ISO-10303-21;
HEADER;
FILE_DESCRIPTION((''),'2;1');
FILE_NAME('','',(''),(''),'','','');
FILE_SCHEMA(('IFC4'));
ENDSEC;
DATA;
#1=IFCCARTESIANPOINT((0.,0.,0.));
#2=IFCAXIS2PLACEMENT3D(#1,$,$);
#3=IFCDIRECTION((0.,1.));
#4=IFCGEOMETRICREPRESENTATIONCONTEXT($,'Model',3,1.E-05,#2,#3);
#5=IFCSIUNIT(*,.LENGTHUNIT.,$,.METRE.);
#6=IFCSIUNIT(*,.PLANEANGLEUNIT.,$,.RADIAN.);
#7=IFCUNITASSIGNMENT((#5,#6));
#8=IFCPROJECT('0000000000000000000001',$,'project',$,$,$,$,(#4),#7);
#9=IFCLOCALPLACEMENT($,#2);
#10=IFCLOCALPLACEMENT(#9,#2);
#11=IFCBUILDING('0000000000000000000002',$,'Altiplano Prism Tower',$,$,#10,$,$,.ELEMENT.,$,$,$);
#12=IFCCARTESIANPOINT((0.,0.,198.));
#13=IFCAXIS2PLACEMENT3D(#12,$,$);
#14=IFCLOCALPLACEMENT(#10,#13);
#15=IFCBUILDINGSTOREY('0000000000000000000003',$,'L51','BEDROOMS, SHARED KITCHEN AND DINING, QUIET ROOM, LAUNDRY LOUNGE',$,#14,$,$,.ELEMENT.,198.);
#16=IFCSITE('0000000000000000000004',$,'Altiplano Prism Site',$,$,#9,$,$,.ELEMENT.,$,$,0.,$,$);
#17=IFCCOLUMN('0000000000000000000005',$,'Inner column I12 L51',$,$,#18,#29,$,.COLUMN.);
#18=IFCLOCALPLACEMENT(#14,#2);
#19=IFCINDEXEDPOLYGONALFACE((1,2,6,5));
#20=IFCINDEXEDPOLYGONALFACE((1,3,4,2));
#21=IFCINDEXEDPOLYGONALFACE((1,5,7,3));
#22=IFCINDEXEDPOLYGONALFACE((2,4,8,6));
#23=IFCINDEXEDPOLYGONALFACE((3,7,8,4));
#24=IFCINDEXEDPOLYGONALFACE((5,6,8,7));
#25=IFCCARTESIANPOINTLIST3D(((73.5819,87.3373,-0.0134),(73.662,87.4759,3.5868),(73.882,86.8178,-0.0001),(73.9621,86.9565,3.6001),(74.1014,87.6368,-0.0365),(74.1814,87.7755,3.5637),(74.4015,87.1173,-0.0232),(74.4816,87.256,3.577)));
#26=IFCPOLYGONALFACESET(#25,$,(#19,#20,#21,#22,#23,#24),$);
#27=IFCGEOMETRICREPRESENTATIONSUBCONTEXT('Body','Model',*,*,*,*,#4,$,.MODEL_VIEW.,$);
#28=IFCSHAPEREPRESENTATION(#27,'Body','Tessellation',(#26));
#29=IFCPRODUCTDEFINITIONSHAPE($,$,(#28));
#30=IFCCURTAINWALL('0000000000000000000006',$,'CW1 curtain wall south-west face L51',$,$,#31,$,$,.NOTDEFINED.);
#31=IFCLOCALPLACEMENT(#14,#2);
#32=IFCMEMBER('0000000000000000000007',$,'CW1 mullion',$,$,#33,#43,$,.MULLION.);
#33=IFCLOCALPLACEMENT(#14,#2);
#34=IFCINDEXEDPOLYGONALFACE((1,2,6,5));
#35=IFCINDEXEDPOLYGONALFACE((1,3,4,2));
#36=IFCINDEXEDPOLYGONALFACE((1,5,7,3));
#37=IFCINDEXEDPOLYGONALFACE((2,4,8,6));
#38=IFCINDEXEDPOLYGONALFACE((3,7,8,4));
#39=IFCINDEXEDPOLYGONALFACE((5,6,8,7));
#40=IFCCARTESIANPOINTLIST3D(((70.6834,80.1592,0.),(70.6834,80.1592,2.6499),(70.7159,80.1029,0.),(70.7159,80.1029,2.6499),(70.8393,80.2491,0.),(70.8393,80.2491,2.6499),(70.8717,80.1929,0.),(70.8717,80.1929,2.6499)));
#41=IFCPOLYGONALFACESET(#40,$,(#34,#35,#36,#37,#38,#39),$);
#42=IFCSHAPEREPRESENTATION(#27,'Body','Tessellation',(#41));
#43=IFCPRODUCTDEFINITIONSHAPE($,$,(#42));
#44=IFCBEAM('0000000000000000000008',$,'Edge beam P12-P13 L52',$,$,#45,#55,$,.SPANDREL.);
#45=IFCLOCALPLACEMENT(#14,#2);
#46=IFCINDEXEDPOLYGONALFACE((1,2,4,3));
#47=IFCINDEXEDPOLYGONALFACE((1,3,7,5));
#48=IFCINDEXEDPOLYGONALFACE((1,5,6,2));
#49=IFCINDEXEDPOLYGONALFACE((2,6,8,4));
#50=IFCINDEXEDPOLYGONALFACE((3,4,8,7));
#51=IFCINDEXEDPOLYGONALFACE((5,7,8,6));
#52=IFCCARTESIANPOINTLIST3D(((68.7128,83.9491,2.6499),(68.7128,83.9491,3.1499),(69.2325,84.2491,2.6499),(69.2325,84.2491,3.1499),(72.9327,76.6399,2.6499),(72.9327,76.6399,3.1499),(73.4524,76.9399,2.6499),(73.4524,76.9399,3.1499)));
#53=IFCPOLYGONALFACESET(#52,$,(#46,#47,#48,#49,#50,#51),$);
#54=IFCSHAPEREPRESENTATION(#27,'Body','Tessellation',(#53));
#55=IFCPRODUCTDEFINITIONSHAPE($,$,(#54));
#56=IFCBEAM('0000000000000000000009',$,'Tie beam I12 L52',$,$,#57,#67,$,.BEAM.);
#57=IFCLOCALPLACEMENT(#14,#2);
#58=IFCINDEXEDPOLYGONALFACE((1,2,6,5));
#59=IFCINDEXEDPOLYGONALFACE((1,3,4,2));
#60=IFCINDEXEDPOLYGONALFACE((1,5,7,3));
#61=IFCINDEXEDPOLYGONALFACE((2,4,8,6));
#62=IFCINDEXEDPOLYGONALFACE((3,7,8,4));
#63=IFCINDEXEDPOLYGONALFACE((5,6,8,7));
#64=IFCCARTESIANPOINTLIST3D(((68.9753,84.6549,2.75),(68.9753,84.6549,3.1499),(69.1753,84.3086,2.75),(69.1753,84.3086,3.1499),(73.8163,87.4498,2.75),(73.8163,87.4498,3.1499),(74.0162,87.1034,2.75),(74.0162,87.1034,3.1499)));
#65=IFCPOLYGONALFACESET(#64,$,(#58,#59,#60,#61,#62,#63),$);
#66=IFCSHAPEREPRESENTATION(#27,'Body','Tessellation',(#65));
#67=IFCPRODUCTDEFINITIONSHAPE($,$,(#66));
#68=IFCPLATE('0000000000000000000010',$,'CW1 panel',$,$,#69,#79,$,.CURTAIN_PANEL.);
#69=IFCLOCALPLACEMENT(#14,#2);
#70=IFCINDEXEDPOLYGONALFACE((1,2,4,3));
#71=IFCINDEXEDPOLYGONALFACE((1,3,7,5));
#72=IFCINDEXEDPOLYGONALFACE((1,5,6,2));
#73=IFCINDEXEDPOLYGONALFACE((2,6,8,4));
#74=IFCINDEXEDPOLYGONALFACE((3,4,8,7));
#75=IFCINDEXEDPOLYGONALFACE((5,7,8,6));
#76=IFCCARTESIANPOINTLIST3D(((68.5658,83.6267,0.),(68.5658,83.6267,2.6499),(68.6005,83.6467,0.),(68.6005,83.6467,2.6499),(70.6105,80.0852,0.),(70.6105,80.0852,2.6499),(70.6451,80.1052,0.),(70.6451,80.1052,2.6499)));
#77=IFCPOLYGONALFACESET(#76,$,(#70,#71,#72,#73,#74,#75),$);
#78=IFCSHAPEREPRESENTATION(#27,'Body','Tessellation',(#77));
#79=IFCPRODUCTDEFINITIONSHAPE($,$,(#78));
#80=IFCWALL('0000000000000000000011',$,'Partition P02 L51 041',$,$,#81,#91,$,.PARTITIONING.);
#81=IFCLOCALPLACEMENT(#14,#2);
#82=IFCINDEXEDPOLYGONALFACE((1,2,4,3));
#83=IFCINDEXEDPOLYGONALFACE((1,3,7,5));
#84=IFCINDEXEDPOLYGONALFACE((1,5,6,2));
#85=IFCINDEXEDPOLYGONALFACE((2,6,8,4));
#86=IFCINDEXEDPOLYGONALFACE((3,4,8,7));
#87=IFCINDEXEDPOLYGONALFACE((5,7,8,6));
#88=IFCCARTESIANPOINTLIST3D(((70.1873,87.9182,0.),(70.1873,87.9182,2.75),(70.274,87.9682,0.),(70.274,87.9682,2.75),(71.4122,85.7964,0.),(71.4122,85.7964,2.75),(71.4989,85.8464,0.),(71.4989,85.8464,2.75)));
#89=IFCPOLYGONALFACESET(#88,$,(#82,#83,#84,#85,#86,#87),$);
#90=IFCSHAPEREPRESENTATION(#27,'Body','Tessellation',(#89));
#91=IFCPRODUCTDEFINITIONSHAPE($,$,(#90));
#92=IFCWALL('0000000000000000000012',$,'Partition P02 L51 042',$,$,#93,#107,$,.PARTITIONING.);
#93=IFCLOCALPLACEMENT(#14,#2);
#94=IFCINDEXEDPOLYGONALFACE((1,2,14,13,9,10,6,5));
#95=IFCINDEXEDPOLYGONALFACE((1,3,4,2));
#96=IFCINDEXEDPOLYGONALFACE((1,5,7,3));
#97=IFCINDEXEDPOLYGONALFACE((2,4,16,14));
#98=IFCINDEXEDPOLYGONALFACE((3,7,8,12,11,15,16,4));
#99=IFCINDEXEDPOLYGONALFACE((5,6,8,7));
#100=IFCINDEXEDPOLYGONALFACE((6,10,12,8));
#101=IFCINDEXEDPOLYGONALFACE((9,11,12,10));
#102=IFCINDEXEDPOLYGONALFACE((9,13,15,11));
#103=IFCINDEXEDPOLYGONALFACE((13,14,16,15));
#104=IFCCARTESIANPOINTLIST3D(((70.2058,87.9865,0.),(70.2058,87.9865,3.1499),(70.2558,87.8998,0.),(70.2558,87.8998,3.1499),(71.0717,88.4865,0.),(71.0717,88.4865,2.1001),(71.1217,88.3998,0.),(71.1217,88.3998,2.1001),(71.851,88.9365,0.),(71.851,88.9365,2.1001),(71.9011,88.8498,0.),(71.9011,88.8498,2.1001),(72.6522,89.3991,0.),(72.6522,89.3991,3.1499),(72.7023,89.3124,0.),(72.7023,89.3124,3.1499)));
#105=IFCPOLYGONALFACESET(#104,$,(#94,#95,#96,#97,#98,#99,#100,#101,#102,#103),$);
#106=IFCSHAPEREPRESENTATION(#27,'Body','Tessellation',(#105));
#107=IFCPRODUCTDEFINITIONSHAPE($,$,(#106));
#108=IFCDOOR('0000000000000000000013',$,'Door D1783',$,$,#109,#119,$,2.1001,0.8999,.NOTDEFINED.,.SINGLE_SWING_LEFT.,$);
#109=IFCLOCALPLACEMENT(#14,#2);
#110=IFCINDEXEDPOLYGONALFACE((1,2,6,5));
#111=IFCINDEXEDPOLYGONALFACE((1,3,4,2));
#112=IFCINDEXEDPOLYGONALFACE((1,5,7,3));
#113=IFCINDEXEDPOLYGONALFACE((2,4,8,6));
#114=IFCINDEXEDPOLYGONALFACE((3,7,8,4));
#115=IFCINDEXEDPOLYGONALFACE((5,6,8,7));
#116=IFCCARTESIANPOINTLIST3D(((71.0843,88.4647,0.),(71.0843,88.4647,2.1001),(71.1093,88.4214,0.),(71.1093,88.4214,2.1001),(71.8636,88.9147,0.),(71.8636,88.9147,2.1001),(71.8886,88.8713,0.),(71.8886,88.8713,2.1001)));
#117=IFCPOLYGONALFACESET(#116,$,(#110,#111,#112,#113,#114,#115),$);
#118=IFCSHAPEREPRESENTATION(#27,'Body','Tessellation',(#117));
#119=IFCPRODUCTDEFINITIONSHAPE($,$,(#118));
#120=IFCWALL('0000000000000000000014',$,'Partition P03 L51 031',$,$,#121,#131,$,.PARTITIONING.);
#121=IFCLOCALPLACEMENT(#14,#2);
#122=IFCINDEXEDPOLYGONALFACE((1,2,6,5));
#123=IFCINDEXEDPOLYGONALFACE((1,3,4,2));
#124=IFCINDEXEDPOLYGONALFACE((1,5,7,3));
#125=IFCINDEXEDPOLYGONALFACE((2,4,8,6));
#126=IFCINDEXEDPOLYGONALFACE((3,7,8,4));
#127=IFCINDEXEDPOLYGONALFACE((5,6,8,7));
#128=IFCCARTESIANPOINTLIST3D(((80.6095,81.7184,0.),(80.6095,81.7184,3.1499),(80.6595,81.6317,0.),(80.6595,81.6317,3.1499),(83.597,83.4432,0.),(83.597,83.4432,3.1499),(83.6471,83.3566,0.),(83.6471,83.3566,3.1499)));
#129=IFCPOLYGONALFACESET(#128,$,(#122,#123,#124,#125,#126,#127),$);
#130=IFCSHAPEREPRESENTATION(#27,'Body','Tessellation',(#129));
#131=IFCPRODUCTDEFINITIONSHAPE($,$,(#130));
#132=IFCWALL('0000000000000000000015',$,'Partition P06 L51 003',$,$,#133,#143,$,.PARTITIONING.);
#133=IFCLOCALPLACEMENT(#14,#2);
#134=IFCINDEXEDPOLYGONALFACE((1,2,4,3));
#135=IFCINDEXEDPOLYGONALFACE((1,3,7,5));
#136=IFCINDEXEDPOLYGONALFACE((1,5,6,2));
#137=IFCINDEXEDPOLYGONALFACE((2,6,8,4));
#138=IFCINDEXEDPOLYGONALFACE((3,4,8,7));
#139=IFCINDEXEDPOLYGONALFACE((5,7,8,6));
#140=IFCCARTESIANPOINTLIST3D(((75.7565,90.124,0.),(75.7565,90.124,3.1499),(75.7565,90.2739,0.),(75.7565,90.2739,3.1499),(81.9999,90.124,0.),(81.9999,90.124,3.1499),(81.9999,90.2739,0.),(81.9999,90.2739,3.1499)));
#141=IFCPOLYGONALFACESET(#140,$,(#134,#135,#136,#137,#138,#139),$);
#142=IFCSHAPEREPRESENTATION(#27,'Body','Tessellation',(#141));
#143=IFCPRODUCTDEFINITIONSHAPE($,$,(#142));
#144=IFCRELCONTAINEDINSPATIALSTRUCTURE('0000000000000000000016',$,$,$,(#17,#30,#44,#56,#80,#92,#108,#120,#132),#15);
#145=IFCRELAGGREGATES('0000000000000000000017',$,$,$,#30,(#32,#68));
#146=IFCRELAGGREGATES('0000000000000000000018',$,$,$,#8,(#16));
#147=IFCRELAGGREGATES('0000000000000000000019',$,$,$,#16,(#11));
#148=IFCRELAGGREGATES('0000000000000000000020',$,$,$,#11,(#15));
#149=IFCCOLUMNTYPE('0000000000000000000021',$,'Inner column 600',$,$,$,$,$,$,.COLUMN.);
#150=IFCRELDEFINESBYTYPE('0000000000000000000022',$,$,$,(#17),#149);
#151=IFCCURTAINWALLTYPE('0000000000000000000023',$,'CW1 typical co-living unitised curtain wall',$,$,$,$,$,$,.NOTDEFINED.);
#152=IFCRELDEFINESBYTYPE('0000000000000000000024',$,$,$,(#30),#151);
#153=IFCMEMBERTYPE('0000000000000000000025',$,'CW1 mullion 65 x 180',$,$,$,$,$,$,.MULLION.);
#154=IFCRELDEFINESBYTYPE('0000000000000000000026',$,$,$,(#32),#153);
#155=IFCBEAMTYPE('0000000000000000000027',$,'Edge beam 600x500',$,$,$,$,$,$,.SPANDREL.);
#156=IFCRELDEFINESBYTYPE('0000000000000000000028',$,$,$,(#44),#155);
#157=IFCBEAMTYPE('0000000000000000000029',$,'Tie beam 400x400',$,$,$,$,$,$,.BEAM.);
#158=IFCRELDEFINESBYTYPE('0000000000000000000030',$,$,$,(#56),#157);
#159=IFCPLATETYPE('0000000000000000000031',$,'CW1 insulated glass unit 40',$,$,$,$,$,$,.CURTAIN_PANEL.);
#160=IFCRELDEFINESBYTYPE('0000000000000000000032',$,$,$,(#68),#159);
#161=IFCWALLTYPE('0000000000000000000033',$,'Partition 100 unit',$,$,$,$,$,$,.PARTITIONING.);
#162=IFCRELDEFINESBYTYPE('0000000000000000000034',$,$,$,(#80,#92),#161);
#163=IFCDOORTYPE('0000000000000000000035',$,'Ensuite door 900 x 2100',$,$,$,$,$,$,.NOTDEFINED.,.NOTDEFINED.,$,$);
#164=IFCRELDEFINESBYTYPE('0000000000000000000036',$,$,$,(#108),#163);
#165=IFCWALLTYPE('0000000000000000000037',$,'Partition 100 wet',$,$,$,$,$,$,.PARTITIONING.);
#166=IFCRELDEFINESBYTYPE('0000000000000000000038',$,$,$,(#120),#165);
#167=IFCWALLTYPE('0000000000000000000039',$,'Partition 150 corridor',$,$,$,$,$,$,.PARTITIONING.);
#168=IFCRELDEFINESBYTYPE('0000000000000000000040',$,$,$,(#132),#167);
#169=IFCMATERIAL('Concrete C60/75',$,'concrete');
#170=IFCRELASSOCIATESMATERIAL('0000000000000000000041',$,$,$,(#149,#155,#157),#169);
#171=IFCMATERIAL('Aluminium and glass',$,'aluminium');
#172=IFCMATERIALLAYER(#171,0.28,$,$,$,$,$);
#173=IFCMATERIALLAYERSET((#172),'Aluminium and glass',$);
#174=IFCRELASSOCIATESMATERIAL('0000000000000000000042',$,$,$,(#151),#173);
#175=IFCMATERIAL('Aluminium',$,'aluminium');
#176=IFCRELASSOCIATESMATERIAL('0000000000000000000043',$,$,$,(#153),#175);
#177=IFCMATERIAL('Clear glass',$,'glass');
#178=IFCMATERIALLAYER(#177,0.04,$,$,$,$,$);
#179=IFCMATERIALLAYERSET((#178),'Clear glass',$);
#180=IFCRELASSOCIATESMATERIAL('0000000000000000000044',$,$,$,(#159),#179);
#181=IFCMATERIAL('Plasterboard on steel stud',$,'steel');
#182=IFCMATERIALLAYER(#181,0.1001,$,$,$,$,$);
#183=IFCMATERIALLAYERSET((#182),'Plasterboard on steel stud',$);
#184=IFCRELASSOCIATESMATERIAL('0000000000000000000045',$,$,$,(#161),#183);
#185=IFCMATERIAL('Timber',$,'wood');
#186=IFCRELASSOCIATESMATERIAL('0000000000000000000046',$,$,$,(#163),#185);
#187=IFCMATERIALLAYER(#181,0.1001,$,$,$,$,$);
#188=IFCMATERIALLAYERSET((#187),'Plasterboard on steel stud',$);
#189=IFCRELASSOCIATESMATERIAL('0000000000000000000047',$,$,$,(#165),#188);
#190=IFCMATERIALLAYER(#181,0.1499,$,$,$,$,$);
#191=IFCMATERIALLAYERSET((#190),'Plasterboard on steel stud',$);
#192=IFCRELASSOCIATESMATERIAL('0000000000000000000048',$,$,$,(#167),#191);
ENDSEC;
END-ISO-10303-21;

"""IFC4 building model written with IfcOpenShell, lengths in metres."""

from ifc_helpers import new_model, si_unit, direction, frame, frame_2d, origin, origin_2d, place, context, subcontext, project, spatial, rectangle, extrude, material, layer, layer_set, material_profile, profile_set, type_object, element, fill, aggregate, save


model = new_model("IFC4")

# Units and contexts
model_context = context("Model", 3, precision=1e-05, world=origin(), true_north=direction((0.0, 1.0)))
body_context = subcontext(model_context, "Body", "Model", "MODEL_VIEW")
ifc_project = project(units=[si_unit("LENGTHUNIT", "METRE"), si_unit("PLANEANGLEUNIT", "RADIAN")], contexts=[model_context])

# Site, building, storey
site_placement = place(None, origin())
site = spatial("IfcSite", under=ifc_project, at=site_placement, Name="Altiplano Prism Site", CompositionType="ELEMENT", RefElevation=0.0)
building_placement = place(site_placement, origin())
building = spatial("IfcBuilding", under=site, at=building_placement, Name="Altiplano Prism Tower", CompositionType="ELEMENT")
storey_placement = place(building_placement, frame((0.0, 0.0, 198.0)))
storey = spatial("IfcBuildingStorey", under=building, at=storey_placement, Name="L51", Description="BEDROOMS, SHARED KITCHEN AND DINING, QUIET ROOM, LAUNDRY LOUNGE", CompositionType="ELEMENT", Elevation=198.0)

# Column
ifc_material_1 = material(Name="Concrete C60/75", Category="concrete")
ifc_material_profile_1 = material_profile(ifc_material_1, rectangle(XDim=0.6001, YDim=0.6001, at=origin_2d()), Name="Inner column 600")
ifc_profile_set_1 = profile_set([ifc_material_profile_1], Name="Concrete C60/75")
column_type = type_object("IfcColumnType", Name="Inner column 600", PredefinedType="COLUMN", material=ifc_profile_set_1)
column_placement = place(storey_placement, frame((73.9917, 87.2273, -0.0183), z_axis=(0.022221, 0.038481, 0.999012), x_axis=(-0.865642, -0.499182, 0.038483)))
element("IfcColumn", 1, at=column_placement, inside=storey, type_object=column_type, Name="Inner column I12 L51", PredefinedType="COLUMN", context=body_context, shape_type="SweptSolid", body=[
    extrude(rectangle(XDim=0.6001, YDim=0.6001, at=origin_2d()), origin(), (0.0, 0.0, 1.0), 3.6038),
])

# Curtain wall, member
ifc_material_2 = material(Name="Aluminium and glass", Category="aluminium")
ifc_layer_1 = layer(ifc_material_2, 0.28)
ifc_layer_set_1 = layer_set([ifc_layer_1], Name="Aluminium and glass")
curtain_wall_type = type_object("IfcCurtainWallType", Name="CW1 typical co-living unitised curtain wall", PredefinedType="NOTDEFINED", material=ifc_layer_set_1)
curtain_wall_placement = place(storey_placement, origin())
curtain_wall = element("IfcCurtainWall", 2, at=curtain_wall_placement, inside=storey, type_object=curtain_wall_type, Name="CW1 curtain wall south-west face L51", PredefinedType="NOTDEFINED")
ifc_material_3 = material(Name="Aluminium", Category="aluminium")
ifc_material_profile_2 = material_profile(ifc_material_3, rectangle(XDim=0.1799, YDim=0.0649, at=origin_2d()), Name="CW1 mullion 65 x 180")
ifc_profile_set_2 = profile_set([ifc_material_profile_2], Name="Aluminium")
member_type = type_object("IfcMemberType", Name="CW1 mullion 65 x 180", PredefinedType="MULLION", material=ifc_profile_set_2)
member_placement = place(storey_placement, frame((70.7776, 80.176, 0.0), z_axis=(0.0, 0.0, 1.0), x_axis=(0.866025, 0.5, 0.0)))
member = element("IfcMember", 3, at=member_placement, type_object=member_type, Name="CW1 mullion", PredefinedType="MULLION", context=body_context, shape_type="SweptSolid", body=[
    extrude(rectangle(XDim=0.1799, YDim=0.0649, at=origin_2d()), origin(), (0.0, 0.0, 1.0), 2.6499),
])

# Beams
ifc_material_profile_3 = material_profile(ifc_material_1, rectangle(XDim=0.6001, YDim=0.5, at=origin_2d()), Name="Edge beam 600x500")
ifc_profile_set_3 = profile_set([ifc_material_profile_3], Name="Concrete C60/75")
beam_type_1 = type_object("IfcBeamType", Name="Edge beam 600x500", PredefinedType="SPANDREL", material=ifc_profile_set_3)
beam_1_placement = place(storey_placement, frame((68.9727, 84.0991, 2.8999), z_axis=(0.499994, -0.866029, 0.0), x_axis=(0.866029, 0.499994, 0.0)))
element("IfcBeam", 4, at=beam_1_placement, inside=storey, type_object=beam_type_1, Name="Edge beam P12-P13 L52", PredefinedType="SPANDREL", context=body_context, shape_type="SweptSolid", body=[
    extrude(rectangle(XDim=0.6001, YDim=0.5, at=origin_2d()), origin(), (0.0, 0.0, 1.0), 8.4399),
])
ifc_material_profile_4 = material_profile(ifc_material_1, rectangle(XDim=0.3999, YDim=0.3999, at=origin_2d()), Name="Tie beam 400x400")
ifc_profile_set_4 = profile_set([ifc_material_profile_4], Name="Concrete C60/75")
beam_type_2 = type_object("IfcBeamType", Name="Tie beam 400x400", PredefinedType="BEAM", material=ifc_profile_set_4)
beam_2_placement = place(storey_placement, frame((73.9163, 87.2766, 2.95), z_axis=(-0.866031, -0.499991, 0.0), x_axis=(0.499991, -0.866031, 0.0)))
element("IfcBeam", 5, at=beam_2_placement, inside=storey, type_object=beam_type_2, Name="Tie beam I12 L52", PredefinedType="BEAM", context=body_context, shape_type="SweptSolid", body=[
    extrude(rectangle(XDim=0.3999, YDim=0.3999, at=origin_2d()), origin(), (0.0, 0.0, 1.0), 5.5898),
])

# Plate
ifc_material_4 = material(Name="Clear glass", Category="glass")
ifc_layer_2 = layer(ifc_material_4, 0.04)
ifc_layer_set_2 = layer_set([ifc_layer_2], Name="Clear glass")
plate_type = type_object("IfcPlateType", Name="CW1 insulated glass unit 40", PredefinedType="CURTAIN_PANEL", material=ifc_layer_set_2)
plate_placement = place(storey_placement, frame((69.6055, 81.866, 0.0), z_axis=(0.0, 0.0, 1.0), x_axis=(0.5, -0.866025, 0.0)))
plate = element("IfcPlate", 6, at=plate_placement, type_object=plate_type, Name="CW1 panel", PredefinedType="CURTAIN_PANEL", context=body_context, shape_type="SweptSolid", body=[
    extrude(rectangle(XDim=4.0894, YDim=0.04, at=origin_2d()), origin(), (0.0, 0.0, 1.0), 2.6499),
])
aggregate(curtain_wall, [member, plate])

# Wall
ifc_material_5 = material(Name="Plasterboard on steel stud", Category="steel")
ifc_layer_3 = layer(ifc_material_5, 0.1001)
ifc_layer_set_3 = layer_set([ifc_layer_3], Name="Plasterboard on steel stud")
wall_type_1 = type_object("IfcWallType", Name="Partition 100 unit", PredefinedType="PARTITIONING", material=ifc_layer_set_3)
wall_1_placement = place(storey_placement, frame((71.4556, 85.8213, 0.0), z_axis=(0.0, 0.0, 1.0), x_axis=(-0.499944, 0.866058, 0.0)))
element("IfcWall", 7, at=wall_1_placement, inside=storey, type_object=wall_type_1, Name="Partition P02 L51 041", PredefinedType="PARTITIONING", context=body_context, shape_type="SweptSolid", body=[
    extrude(rectangle(XDim=2.45, YDim=0.1001, at=frame_2d((1.2251, 0.0))), origin(), (0.0, 0.0, 1.0), 2.75),
])

# Wall, opening, door
wall_2_placement = place(storey_placement, frame((70.2307, 87.9431, 0.0), z_axis=(0.0, 0.0, 1.0), x_axis=(0.866011, 0.500024, 0.0)))
wall_2 = element("IfcWall", 8, at=wall_2_placement, inside=storey, type_object=wall_type_1, Name="Partition P02 L51 042", PredefinedType="PARTITIONING", context=body_context, shape_type="SweptSolid", body=[
    extrude(rectangle(XDim=2.825, YDim=0.1001, at=frame_2d((1.4126, 0.0))), origin(), (0.0, 0.0, 1.0), 3.1499),
])
opening_placement = place(wall_2_placement, frame((1.0, 0.0, 0.0)))
opening = element("IfcOpeningElement", 9, at=opening_placement, cuts=wall_2, PredefinedType="OPENING", context=body_context, shape_type="SweptSolid", body=[
    extrude(rectangle(XDim=0.8999, YDim=2.1001, at=frame_2d((0.45, 1.05))), frame((0.0, 0.0605, 0.0), z_axis=(0.0, -1.0, 0.0), x_axis=(1.0, 0.0, 0.0)), (0.0, 0.0, 1.0), 0.1211),
])
ifc_material_6 = material(Name="Timber", Category="wood")
door_type = type_object("IfcDoorType", Name="Ensuite door 900 x 2100", OperationType="NOTDEFINED", PredefinedType="NOTDEFINED", material=ifc_material_6)
door_placement = place(opening_placement, origin())
door = element("IfcDoor", 10, at=door_placement, inside=storey, type_object=door_type, Name="Door D1783", OperationType="SINGLE_SWING_LEFT", OverallHeight=2.1001, OverallWidth=0.8999, PredefinedType="NOTDEFINED", context=body_context, shape_type="SweptSolid", body=[
    extrude(rectangle(XDim=0.8999, YDim=2.1001, at=frame_2d((0.45, 1.05))), frame((0.0, 0.0249, 0.0), z_axis=(0.0, -1.0, 0.0), x_axis=(1.0, 0.0, 0.0)), (0.0, 0.0, 1.0), 0.05),
])
fill(opening, door)

# Walls
ifc_layer_4 = layer(ifc_material_5, 0.1001)
ifc_layer_set_4 = layer_set([ifc_layer_4], Name="Plasterboard on steel stud")
wall_type_2 = type_object("IfcWallType", Name="Partition 100 wet", PredefinedType="PARTITIONING", material=ifc_layer_set_4)
wall_3_placement = place(storey_placement, frame((80.6345, 81.675, 0.0), z_axis=(0.0, 0.0, 1.0), x_axis=(0.866026, 0.499998, 0.0)))
element("IfcWall", 11, at=wall_3_placement, inside=storey, type_object=wall_type_2, Name="Partition P03 L51 031", PredefinedType="PARTITIONING", context=body_context, shape_type="SweptSolid", body=[
    extrude(rectangle(XDim=3.4497, YDim=0.1001, at=frame_2d((1.7249, 0.0))), origin(), (0.0, 0.0, 1.0), 3.1499),
])
ifc_layer_5 = layer(ifc_material_5, 0.1499)
ifc_layer_set_5 = layer_set([ifc_layer_5], Name="Plasterboard on steel stud")
wall_type_3 = type_object("IfcWallType", Name="Partition 150 corridor", PredefinedType="PARTITIONING", material=ifc_layer_set_5)
wall_4_placement = place(storey_placement, frame((75.7566, 90.199, 0.0), z_axis=(0.0, 0.0, 1.0), x_axis=(1.0, 0.0, 0.0)))
element("IfcWall", 12, at=wall_4_placement, inside=storey, type_object=wall_type_3, Name="Partition P06 L51 003", PredefinedType="PARTITIONING", context=body_context, shape_type="SweptSolid", body=[
    extrude(rectangle(XDim=6.2434, YDim=0.1499, at=frame_2d((3.1216, 0.0))), origin(), (0.0, 0.0, 1.0), 3.1499),
])

save(model, "model.ifc")
